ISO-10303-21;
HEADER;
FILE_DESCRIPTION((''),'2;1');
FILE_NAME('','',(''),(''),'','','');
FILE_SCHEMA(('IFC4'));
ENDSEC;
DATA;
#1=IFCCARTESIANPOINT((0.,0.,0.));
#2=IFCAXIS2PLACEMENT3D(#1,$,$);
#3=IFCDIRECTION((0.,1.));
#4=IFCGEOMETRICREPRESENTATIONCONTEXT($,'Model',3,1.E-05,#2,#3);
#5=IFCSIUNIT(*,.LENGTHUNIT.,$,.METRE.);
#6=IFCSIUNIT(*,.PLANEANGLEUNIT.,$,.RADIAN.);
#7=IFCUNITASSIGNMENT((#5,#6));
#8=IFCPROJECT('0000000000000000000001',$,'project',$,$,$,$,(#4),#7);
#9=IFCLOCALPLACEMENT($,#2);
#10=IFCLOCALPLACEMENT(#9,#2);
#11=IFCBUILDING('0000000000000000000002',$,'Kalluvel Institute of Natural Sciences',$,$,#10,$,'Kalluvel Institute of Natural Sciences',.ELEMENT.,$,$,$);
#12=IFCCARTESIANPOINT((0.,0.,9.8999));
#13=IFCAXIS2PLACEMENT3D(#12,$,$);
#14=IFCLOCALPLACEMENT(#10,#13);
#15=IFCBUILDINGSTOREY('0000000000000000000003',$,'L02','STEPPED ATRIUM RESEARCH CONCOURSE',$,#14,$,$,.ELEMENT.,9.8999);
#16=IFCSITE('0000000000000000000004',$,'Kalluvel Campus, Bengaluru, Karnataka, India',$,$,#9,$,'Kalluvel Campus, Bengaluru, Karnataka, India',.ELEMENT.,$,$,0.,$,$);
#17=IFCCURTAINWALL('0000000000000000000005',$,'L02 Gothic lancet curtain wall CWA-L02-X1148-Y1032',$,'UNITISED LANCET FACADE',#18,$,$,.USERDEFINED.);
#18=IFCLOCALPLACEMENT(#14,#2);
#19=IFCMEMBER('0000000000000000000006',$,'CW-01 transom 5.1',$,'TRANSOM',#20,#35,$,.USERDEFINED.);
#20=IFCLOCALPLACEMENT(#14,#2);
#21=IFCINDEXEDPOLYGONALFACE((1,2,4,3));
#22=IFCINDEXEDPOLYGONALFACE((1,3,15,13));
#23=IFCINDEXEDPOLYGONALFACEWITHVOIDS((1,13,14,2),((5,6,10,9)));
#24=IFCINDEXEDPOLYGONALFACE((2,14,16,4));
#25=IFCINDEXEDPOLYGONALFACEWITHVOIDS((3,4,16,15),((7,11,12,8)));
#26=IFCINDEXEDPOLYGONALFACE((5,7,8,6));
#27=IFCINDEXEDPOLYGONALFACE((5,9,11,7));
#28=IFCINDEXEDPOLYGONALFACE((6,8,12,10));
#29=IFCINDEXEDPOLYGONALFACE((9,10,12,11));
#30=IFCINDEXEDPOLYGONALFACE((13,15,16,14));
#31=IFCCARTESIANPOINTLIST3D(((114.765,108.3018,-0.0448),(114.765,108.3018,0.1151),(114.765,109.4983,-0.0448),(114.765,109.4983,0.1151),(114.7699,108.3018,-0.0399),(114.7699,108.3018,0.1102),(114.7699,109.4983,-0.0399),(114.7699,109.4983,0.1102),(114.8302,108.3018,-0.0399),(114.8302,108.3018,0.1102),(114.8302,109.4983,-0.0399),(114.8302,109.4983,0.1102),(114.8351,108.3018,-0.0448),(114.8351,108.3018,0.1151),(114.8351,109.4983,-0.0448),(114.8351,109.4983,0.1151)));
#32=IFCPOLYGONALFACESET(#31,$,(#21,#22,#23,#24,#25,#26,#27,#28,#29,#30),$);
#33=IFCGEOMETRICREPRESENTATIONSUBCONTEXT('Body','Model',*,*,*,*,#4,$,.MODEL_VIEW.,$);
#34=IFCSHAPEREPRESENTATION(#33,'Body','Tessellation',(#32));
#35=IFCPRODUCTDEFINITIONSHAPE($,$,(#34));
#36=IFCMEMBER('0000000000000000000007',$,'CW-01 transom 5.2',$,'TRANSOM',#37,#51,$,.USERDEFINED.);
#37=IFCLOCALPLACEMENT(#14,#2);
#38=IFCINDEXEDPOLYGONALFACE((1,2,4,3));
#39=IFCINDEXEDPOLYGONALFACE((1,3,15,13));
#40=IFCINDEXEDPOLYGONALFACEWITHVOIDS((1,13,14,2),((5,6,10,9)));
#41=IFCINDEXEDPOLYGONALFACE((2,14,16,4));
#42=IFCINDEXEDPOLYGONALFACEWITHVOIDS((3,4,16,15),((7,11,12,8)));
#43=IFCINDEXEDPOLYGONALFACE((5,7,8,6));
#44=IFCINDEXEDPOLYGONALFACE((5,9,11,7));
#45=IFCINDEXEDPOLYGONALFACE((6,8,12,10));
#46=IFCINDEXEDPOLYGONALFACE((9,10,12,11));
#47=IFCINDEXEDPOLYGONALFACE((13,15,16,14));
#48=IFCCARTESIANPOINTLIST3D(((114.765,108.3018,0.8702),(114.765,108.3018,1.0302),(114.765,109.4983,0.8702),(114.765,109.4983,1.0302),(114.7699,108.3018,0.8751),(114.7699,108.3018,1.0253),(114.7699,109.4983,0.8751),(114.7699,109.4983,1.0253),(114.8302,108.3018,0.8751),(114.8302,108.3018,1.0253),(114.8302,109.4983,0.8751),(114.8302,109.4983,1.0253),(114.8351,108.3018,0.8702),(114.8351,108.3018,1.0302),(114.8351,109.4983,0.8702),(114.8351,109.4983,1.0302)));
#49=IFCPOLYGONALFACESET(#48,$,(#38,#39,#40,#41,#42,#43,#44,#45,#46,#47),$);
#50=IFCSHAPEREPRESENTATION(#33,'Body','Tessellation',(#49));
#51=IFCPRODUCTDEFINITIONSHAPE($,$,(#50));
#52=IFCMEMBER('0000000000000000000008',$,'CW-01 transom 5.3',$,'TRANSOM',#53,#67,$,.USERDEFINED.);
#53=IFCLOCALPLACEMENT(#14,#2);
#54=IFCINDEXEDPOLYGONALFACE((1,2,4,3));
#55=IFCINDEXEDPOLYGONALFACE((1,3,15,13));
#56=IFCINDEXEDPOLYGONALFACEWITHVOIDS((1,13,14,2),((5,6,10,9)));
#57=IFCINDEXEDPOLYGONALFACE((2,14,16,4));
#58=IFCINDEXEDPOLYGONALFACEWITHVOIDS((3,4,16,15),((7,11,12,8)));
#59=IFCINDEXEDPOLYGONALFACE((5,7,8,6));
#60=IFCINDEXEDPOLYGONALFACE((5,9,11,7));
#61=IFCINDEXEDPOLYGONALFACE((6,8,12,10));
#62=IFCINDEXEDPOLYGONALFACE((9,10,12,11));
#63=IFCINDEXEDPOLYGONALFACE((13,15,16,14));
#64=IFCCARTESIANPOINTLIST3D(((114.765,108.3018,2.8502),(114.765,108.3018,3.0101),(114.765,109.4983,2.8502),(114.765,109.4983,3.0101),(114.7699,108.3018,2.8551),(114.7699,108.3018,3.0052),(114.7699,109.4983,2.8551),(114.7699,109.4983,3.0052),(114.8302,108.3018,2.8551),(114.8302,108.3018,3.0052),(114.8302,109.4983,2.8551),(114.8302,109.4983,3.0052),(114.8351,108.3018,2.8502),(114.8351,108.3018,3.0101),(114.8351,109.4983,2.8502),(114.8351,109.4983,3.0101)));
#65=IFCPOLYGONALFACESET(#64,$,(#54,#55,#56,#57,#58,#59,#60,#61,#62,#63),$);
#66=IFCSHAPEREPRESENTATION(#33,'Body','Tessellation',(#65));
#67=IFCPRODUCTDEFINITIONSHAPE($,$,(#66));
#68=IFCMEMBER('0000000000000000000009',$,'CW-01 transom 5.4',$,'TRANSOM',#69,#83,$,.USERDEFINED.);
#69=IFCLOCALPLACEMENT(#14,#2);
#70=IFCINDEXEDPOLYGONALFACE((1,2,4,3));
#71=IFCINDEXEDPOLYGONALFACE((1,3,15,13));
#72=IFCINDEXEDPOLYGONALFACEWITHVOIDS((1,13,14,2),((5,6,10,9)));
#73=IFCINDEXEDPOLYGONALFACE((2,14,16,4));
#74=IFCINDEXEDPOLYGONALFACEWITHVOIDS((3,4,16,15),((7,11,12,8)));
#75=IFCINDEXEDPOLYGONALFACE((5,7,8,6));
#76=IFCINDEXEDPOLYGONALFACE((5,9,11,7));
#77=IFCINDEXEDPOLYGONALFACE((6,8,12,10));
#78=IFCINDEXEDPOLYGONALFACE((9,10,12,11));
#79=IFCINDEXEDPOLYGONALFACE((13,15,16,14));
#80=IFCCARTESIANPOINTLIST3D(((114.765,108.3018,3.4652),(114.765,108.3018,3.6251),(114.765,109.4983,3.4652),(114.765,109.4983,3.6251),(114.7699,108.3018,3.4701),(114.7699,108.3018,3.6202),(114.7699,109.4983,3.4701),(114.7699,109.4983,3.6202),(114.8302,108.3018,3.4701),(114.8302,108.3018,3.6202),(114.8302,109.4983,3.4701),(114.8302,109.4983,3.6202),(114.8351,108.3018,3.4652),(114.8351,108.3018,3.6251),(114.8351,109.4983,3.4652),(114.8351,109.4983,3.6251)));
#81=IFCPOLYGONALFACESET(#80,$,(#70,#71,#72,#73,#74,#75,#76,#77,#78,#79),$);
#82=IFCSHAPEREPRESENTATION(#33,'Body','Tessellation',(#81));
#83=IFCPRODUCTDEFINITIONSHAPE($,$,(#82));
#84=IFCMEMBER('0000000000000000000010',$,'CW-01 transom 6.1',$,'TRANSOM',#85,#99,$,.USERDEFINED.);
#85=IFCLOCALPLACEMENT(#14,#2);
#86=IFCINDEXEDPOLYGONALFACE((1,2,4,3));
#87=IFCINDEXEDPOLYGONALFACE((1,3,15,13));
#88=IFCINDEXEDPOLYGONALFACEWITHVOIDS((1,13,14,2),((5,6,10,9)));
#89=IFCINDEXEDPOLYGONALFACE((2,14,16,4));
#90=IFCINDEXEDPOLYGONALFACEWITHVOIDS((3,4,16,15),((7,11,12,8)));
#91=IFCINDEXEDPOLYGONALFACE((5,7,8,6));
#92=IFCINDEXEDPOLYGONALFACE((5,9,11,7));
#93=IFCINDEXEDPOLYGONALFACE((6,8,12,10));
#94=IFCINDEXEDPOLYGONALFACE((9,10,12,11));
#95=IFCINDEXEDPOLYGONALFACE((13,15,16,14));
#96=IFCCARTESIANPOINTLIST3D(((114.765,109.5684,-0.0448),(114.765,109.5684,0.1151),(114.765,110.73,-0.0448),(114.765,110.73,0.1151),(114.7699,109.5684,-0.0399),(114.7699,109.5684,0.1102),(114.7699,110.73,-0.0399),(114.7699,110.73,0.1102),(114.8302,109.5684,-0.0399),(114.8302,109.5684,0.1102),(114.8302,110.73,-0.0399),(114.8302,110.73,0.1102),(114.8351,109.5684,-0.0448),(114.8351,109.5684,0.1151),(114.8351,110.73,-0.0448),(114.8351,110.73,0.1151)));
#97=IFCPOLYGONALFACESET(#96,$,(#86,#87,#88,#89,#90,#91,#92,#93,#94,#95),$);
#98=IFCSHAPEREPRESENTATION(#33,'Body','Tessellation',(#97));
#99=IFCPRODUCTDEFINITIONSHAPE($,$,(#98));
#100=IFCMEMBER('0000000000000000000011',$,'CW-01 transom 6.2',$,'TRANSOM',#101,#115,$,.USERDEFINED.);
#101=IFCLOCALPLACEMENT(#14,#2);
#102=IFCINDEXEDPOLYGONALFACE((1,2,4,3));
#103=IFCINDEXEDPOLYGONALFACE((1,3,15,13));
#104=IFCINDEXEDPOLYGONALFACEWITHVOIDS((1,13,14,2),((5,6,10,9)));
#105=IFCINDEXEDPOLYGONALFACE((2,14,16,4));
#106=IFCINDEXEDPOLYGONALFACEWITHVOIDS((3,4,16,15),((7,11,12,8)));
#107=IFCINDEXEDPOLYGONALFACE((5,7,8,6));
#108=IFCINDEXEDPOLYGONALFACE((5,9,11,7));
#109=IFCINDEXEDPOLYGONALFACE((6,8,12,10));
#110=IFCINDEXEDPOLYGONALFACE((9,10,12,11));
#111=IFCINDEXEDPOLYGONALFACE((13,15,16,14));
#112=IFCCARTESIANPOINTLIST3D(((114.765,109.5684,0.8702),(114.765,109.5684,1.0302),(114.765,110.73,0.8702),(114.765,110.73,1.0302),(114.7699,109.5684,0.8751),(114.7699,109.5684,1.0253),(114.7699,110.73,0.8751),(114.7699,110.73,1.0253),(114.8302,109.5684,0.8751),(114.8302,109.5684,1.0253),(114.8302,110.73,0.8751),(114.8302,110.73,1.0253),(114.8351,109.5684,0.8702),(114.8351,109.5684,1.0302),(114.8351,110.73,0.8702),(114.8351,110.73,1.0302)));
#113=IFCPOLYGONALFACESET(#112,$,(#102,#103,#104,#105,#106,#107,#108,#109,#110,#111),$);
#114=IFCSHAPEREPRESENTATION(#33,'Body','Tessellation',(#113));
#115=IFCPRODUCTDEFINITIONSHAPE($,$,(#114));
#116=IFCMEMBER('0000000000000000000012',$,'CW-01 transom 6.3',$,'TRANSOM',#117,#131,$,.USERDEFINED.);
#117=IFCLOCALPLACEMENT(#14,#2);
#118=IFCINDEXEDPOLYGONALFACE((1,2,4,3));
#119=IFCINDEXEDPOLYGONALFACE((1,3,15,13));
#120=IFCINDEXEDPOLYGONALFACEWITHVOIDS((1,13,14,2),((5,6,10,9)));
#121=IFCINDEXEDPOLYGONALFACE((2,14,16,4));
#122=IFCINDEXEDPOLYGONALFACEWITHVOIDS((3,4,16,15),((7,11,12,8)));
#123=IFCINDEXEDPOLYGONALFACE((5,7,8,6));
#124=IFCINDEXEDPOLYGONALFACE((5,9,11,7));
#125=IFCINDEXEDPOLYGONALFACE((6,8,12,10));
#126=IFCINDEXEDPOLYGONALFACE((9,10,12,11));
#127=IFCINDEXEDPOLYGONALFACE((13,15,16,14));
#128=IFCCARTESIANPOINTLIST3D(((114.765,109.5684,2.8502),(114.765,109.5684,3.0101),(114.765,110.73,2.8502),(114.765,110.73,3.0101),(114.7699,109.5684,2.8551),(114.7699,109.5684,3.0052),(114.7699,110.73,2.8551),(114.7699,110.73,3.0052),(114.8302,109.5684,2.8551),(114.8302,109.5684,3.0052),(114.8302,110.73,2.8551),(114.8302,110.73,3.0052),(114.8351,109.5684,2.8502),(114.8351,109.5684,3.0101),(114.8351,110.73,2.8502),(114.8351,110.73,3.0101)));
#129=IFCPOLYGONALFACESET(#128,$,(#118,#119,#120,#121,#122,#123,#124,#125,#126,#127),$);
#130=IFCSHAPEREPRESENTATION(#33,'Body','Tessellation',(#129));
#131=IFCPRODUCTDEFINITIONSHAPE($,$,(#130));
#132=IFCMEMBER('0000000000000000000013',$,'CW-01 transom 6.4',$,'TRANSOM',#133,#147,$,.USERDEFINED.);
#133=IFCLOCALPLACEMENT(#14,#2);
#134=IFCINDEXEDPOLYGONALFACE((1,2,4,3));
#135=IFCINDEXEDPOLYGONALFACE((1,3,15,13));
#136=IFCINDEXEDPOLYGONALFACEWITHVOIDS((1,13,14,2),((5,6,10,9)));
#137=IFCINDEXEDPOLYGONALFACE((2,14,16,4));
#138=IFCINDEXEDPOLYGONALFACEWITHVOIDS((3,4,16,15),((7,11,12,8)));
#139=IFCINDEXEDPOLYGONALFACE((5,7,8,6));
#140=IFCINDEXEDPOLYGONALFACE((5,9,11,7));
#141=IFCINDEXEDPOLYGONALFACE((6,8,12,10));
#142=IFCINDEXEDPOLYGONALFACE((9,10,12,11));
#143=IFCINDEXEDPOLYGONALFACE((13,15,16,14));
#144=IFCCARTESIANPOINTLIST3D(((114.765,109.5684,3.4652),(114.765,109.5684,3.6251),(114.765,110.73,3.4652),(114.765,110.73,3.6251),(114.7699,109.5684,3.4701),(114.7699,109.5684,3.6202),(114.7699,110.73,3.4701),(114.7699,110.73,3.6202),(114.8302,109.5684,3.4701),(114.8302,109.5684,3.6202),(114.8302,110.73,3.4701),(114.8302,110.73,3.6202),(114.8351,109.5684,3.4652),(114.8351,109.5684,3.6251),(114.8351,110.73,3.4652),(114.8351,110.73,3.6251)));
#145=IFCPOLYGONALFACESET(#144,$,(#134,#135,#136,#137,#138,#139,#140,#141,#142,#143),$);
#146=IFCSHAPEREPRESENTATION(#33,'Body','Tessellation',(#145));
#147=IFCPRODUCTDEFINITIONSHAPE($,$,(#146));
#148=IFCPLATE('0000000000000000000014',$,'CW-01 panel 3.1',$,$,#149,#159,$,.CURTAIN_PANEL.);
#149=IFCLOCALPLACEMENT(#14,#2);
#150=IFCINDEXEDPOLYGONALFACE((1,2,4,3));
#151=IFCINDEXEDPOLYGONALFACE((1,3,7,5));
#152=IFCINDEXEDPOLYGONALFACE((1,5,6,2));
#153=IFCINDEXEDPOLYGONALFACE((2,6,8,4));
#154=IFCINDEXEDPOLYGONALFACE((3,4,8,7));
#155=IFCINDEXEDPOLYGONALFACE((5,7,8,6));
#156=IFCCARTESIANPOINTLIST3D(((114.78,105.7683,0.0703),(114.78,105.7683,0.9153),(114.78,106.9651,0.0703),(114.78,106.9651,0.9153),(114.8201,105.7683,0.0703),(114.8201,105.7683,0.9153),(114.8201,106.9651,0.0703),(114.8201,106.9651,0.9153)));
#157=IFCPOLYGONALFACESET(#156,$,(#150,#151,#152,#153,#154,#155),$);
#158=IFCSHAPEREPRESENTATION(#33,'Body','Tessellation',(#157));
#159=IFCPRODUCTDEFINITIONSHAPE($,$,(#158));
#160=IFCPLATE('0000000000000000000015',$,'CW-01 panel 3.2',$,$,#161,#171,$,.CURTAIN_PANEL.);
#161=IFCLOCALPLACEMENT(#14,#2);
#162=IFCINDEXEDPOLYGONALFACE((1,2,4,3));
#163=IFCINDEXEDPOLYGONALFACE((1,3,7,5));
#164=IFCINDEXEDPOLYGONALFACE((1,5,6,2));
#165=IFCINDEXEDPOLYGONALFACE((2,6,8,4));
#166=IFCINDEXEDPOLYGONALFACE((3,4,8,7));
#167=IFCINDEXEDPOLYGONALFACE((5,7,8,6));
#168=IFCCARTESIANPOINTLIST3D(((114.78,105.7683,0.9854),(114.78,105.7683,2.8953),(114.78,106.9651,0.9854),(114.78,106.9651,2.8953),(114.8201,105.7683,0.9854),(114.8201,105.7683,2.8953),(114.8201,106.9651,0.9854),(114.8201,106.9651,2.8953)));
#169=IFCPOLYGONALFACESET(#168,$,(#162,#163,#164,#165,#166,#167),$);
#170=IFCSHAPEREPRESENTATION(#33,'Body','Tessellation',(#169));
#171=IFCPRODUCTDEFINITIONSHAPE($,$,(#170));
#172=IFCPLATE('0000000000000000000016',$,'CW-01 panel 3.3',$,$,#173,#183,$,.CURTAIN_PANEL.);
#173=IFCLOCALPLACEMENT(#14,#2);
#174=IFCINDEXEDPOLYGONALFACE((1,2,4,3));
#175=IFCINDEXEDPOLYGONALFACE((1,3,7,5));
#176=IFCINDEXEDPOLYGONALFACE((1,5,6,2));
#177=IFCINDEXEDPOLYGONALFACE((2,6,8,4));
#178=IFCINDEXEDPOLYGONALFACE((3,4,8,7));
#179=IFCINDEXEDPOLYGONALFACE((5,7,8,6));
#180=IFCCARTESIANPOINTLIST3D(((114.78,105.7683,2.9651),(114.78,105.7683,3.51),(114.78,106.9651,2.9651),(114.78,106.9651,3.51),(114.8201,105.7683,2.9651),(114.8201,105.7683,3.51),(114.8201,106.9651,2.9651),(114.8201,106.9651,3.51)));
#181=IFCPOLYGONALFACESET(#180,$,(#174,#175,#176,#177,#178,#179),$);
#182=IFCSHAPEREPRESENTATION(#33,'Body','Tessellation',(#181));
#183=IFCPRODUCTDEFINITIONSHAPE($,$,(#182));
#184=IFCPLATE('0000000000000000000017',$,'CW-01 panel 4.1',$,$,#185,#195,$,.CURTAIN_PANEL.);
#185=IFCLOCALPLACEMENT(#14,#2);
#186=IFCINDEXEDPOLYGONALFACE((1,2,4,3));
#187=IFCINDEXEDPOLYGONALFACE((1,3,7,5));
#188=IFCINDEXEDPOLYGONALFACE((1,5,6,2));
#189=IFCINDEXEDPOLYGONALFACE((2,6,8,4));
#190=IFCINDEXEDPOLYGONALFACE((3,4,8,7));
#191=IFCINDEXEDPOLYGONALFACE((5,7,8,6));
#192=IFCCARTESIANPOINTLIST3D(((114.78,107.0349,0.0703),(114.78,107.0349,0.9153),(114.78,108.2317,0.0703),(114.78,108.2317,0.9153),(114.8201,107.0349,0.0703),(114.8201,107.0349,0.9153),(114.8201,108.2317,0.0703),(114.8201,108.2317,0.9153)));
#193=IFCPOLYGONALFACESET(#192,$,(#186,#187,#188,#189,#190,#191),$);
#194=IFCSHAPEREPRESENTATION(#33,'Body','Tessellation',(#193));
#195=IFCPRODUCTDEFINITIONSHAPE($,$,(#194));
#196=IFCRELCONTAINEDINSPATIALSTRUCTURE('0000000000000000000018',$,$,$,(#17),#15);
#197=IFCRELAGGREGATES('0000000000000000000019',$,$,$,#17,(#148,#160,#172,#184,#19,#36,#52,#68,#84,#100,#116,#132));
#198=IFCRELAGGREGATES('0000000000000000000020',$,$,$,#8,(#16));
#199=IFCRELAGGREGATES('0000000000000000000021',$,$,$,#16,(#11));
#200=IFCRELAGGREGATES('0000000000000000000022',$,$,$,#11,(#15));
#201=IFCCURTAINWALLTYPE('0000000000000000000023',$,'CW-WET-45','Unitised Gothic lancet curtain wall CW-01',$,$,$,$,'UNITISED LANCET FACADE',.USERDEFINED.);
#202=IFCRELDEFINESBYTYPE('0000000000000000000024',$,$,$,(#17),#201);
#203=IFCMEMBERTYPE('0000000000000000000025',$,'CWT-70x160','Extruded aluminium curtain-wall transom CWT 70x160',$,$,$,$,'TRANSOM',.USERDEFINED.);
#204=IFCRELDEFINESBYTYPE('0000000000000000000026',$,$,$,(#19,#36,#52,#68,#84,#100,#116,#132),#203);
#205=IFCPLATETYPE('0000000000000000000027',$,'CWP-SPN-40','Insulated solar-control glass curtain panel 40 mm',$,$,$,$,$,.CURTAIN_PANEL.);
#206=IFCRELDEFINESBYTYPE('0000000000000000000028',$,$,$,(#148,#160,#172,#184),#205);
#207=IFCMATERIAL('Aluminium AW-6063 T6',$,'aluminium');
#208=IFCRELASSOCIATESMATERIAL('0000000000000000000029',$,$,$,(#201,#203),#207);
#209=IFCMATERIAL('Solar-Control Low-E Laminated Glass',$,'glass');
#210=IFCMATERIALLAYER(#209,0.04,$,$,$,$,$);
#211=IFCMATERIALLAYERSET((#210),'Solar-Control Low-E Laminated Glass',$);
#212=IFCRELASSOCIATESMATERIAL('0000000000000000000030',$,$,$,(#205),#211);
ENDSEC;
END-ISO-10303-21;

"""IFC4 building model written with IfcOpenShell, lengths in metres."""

from ifc_helpers import new_model, si_unit, direction, frame, origin, origin_2d, place, context, subcontext, project, spatial, rectangle, hollow_rectangle, extrude, material, layer, layer_set, material_profile, profile_set, type_object, element, aggregate, save


model = new_model("IFC4")

# Units and contexts
model_context = context("Model", 3, precision=1e-05, world=origin(), true_north=direction((0.0, 1.0)))
body_context = subcontext(model_context, "Body", "Model", "MODEL_VIEW")
ifc_project = project(units=[si_unit("LENGTHUNIT", "METRE"), si_unit("PLANEANGLEUNIT", "RADIAN")], contexts=[model_context])

# Site, building, storey
site_placement = place(None, origin())
site = spatial("IfcSite", under=ifc_project, at=site_placement, Name="Kalluvel Campus, Bengaluru, Karnataka, India", LongName="Kalluvel Campus, Bengaluru, Karnataka, India", CompositionType="ELEMENT", RefElevation=0.0)
building_placement = place(site_placement, origin())
building = spatial("IfcBuilding", under=site, at=building_placement, Name="Kalluvel Institute of Natural Sciences", LongName="Kalluvel Institute of Natural Sciences", CompositionType="ELEMENT")
storey_placement = place(building_placement, frame((0.0, 0.0, 9.8999)))
storey = spatial("IfcBuildingStorey", under=building, at=storey_placement, Name="L02", Description="STEPPED ATRIUM RESEARCH CONCOURSE", CompositionType="ELEMENT", Elevation=9.8999)

# Curtain wall, members, plates
ifc_material_1 = material(Name="Aluminium AW-6063 T6", Category="aluminium")
curtain_wall_type = type_object("IfcCurtainWallType", Name="CW-WET-45", Description="Unitised Gothic lancet curtain wall CW-01", ElementType="UNITISED LANCET FACADE", PredefinedType="USERDEFINED", material=ifc_material_1)
curtain_wall_placement = place(storey_placement, origin())
curtain_wall = element("IfcCurtainWall", 1, at=curtain_wall_placement, inside=storey, type_object=curtain_wall_type, Name="L02 Gothic lancet curtain wall CWA-L02-X1148-Y1032", ObjectType="UNITISED LANCET FACADE", PredefinedType="USERDEFINED")
ifc_material_profile_1 = material_profile(ifc_material_1, hollow_rectangle(XDim=0.0701, YDim=0.1599, WallThickness=0.0049, at=origin_2d()), Name="CWT 70x160")
ifc_profile_set_1 = profile_set([ifc_material_profile_1], Name="Aluminium AW-6063 T6")
member_type_1 = type_object("IfcMemberType", Name="CWT-70x160", Description="Extruded aluminium curtain-wall transom CWT 70x160", ElementType="TRANSOM", PredefinedType="USERDEFINED", material=ifc_profile_set_1)
member_1_placement = place(storey_placement, frame((114.8, 108.3018, 0.0352), z_axis=(0.0, 1.0, 0.0), x_axis=(-1.0, 0.0, 0.0)))
member_1 = element("IfcMember", 2, at=member_1_placement, type_object=member_type_1, Name="CW-01 transom 5.1", ObjectType="TRANSOM", PredefinedType="USERDEFINED", context=body_context, shape_type="SweptSolid", body=[
    extrude(hollow_rectangle(XDim=0.0701, YDim=0.1599, WallThickness=0.0049, at=origin_2d()), origin(), (0.0, 0.0, 1.0), 1.1965),
])
member_2_placement = place(storey_placement, frame((114.8, 108.3018, 0.9502), z_axis=(0.0, 1.0, 0.0), x_axis=(-1.0, 0.0, 0.0)))
member_2 = element("IfcMember", 3, at=member_2_placement, type_object=member_type_1, Name="CW-01 transom 5.2", ObjectType="TRANSOM", PredefinedType="USERDEFINED", context=body_context, shape_type="SweptSolid", body=[
    extrude(hollow_rectangle(XDim=0.0701, YDim=0.1599, WallThickness=0.0049, at=origin_2d()), origin(), (0.0, 0.0, 1.0), 1.1965),
])
member_3_placement = place(storey_placement, frame((114.8, 108.3018, 2.9302), z_axis=(0.0, 1.0, 0.0), x_axis=(-1.0, 0.0, 0.0)))
member_3 = element("IfcMember", 4, at=member_3_placement, type_object=member_type_1, Name="CW-01 transom 5.3", ObjectType="TRANSOM", PredefinedType="USERDEFINED", context=body_context, shape_type="SweptSolid", body=[
    extrude(hollow_rectangle(XDim=0.0701, YDim=0.1599, WallThickness=0.0049, at=origin_2d()), origin(), (0.0, 0.0, 1.0), 1.1965),
])
member_4_placement = place(storey_placement, frame((114.8, 108.3018, 3.5452), z_axis=(0.0, 1.0, 0.0), x_axis=(-1.0, 0.0, 0.0)))
member_4 = element("IfcMember", 5, at=member_4_placement, type_object=member_type_1, Name="CW-01 transom 5.4", ObjectType="TRANSOM", PredefinedType="USERDEFINED", context=body_context, shape_type="SweptSolid", body=[
    extrude(hollow_rectangle(XDim=0.0701, YDim=0.1599, WallThickness=0.0049, at=origin_2d()), origin(), (0.0, 0.0, 1.0), 1.1965),
])
member_5_placement = place(storey_placement, frame((114.8, 109.5684, 0.0352), z_axis=(0.0, 1.0, 0.0), x_axis=(-1.0, 0.0, 0.0)))
member_5 = element("IfcMember", 6, at=member_5_placement, type_object=member_type_1, Name="CW-01 transom 6.1", ObjectType="TRANSOM", PredefinedType="USERDEFINED", context=body_context, shape_type="SweptSolid", body=[
    extrude(hollow_rectangle(XDim=0.0701, YDim=0.1599, WallThickness=0.0049, at=origin_2d()), origin(), (0.0, 0.0, 1.0), 1.1616),
])
member_6_placement = place(storey_placement, frame((114.8, 109.5684, 0.9502), z_axis=(0.0, 1.0, 0.0), x_axis=(-1.0, 0.0, 0.0)))
member_6 = element("IfcMember", 7, at=member_6_placement, type_object=member_type_1, Name="CW-01 transom 6.2", ObjectType="TRANSOM", PredefinedType="USERDEFINED", context=body_context, shape_type="SweptSolid", body=[
    extrude(hollow_rectangle(XDim=0.0701, YDim=0.1599, WallThickness=0.0049, at=origin_2d()), origin(), (0.0, 0.0, 1.0), 1.1616),
])
member_7_placement = place(storey_placement, frame((114.8, 109.5684, 2.9302), z_axis=(0.0, 1.0, 0.0), x_axis=(-1.0, 0.0, 0.0)))
member_7 = element("IfcMember", 8, at=member_7_placement, type_object=member_type_1, Name="CW-01 transom 6.3", ObjectType="TRANSOM", PredefinedType="USERDEFINED", context=body_context, shape_type="SweptSolid", body=[
    extrude(hollow_rectangle(XDim=0.0701, YDim=0.1599, WallThickness=0.0049, at=origin_2d()), origin(), (0.0, 0.0, 1.0), 1.1616),
])
member_8_placement = place(storey_placement, frame((114.8, 109.5684, 3.5452), z_axis=(0.0, 1.0, 0.0), x_axis=(-1.0, 0.0, 0.0)))
member_8 = element("IfcMember", 9, at=member_8_placement, type_object=member_type_1, Name="CW-01 transom 6.4", ObjectType="TRANSOM", PredefinedType="USERDEFINED", context=body_context, shape_type="SweptSolid", body=[
    extrude(hollow_rectangle(XDim=0.0701, YDim=0.1599, WallThickness=0.0049, at=origin_2d()), origin(), (0.0, 0.0, 1.0), 1.1616),
])
ifc_material_2 = material(Name="Solar-Control Low-E Laminated Glass", Category="glass")
ifc_layer = layer(ifc_material_2, 0.04)
ifc_layer_set = layer_set([ifc_layer], Name="Solar-Control Low-E Laminated Glass")
plate_type = type_object("IfcPlateType", Name="CWP-SPN-40", Description="Insulated solar-control glass curtain panel 40 mm", PredefinedType="CURTAIN_PANEL", material=ifc_layer_set)
plate_1_placement = place(storey_placement, frame((114.8, 106.3667, 0.0703), z_axis=(0.0, 0.0, 1.0), x_axis=(0.0, 1.0, 0.0)))
plate_1 = element("IfcPlate", 10, at=plate_1_placement, type_object=plate_type, Name="CW-01 panel 3.1", PredefinedType="CURTAIN_PANEL", context=body_context, shape_type="SweptSolid", body=[
    extrude(rectangle(XDim=1.1968, YDim=0.04, at=origin_2d()), origin(), (0.0, 0.0, 1.0), 0.845),
])
plate_2_placement = place(storey_placement, frame((114.8, 106.3667, 0.9854), z_axis=(0.0, 0.0, 1.0), x_axis=(0.0, 1.0, 0.0)))
plate_2 = element("IfcPlate", 11, at=plate_2_placement, type_object=plate_type, Name="CW-01 panel 3.2", PredefinedType="CURTAIN_PANEL", context=body_context, shape_type="SweptSolid", body=[
    extrude(rectangle(XDim=1.1968, YDim=0.04, at=origin_2d()), origin(), (0.0, 0.0, 1.0), 1.9099),
])
plate_3_placement = place(storey_placement, frame((114.8, 106.3667, 2.9651), z_axis=(0.0, 0.0, 1.0), x_axis=(0.0, 1.0, 0.0)))
plate_3 = element("IfcPlate", 12, at=plate_3_placement, type_object=plate_type, Name="CW-01 panel 3.3", PredefinedType="CURTAIN_PANEL", context=body_context, shape_type="SweptSolid", body=[
    extrude(rectangle(XDim=1.1968, YDim=0.04, at=origin_2d()), origin(), (0.0, 0.0, 1.0), 0.5449),
])
plate_4_placement = place(storey_placement, frame((114.8, 107.6333, 0.0703), z_axis=(0.0, 0.0, 1.0), x_axis=(0.0, 1.0, 0.0)))
plate_4 = element("IfcPlate", 13, at=plate_4_placement, type_object=plate_type, Name="CW-01 panel 4.1", PredefinedType="CURTAIN_PANEL", context=body_context, shape_type="SweptSolid", body=[
    extrude(rectangle(XDim=1.1968, YDim=0.04, at=origin_2d()), origin(), (0.0, 0.0, 1.0), 0.845),
])
aggregate(curtain_wall, [plate_1, plate_2, plate_3, plate_4, member_1, member_2, member_3, member_4, member_5, member_6, member_7, member_8])

save(model, "model.ifc")
